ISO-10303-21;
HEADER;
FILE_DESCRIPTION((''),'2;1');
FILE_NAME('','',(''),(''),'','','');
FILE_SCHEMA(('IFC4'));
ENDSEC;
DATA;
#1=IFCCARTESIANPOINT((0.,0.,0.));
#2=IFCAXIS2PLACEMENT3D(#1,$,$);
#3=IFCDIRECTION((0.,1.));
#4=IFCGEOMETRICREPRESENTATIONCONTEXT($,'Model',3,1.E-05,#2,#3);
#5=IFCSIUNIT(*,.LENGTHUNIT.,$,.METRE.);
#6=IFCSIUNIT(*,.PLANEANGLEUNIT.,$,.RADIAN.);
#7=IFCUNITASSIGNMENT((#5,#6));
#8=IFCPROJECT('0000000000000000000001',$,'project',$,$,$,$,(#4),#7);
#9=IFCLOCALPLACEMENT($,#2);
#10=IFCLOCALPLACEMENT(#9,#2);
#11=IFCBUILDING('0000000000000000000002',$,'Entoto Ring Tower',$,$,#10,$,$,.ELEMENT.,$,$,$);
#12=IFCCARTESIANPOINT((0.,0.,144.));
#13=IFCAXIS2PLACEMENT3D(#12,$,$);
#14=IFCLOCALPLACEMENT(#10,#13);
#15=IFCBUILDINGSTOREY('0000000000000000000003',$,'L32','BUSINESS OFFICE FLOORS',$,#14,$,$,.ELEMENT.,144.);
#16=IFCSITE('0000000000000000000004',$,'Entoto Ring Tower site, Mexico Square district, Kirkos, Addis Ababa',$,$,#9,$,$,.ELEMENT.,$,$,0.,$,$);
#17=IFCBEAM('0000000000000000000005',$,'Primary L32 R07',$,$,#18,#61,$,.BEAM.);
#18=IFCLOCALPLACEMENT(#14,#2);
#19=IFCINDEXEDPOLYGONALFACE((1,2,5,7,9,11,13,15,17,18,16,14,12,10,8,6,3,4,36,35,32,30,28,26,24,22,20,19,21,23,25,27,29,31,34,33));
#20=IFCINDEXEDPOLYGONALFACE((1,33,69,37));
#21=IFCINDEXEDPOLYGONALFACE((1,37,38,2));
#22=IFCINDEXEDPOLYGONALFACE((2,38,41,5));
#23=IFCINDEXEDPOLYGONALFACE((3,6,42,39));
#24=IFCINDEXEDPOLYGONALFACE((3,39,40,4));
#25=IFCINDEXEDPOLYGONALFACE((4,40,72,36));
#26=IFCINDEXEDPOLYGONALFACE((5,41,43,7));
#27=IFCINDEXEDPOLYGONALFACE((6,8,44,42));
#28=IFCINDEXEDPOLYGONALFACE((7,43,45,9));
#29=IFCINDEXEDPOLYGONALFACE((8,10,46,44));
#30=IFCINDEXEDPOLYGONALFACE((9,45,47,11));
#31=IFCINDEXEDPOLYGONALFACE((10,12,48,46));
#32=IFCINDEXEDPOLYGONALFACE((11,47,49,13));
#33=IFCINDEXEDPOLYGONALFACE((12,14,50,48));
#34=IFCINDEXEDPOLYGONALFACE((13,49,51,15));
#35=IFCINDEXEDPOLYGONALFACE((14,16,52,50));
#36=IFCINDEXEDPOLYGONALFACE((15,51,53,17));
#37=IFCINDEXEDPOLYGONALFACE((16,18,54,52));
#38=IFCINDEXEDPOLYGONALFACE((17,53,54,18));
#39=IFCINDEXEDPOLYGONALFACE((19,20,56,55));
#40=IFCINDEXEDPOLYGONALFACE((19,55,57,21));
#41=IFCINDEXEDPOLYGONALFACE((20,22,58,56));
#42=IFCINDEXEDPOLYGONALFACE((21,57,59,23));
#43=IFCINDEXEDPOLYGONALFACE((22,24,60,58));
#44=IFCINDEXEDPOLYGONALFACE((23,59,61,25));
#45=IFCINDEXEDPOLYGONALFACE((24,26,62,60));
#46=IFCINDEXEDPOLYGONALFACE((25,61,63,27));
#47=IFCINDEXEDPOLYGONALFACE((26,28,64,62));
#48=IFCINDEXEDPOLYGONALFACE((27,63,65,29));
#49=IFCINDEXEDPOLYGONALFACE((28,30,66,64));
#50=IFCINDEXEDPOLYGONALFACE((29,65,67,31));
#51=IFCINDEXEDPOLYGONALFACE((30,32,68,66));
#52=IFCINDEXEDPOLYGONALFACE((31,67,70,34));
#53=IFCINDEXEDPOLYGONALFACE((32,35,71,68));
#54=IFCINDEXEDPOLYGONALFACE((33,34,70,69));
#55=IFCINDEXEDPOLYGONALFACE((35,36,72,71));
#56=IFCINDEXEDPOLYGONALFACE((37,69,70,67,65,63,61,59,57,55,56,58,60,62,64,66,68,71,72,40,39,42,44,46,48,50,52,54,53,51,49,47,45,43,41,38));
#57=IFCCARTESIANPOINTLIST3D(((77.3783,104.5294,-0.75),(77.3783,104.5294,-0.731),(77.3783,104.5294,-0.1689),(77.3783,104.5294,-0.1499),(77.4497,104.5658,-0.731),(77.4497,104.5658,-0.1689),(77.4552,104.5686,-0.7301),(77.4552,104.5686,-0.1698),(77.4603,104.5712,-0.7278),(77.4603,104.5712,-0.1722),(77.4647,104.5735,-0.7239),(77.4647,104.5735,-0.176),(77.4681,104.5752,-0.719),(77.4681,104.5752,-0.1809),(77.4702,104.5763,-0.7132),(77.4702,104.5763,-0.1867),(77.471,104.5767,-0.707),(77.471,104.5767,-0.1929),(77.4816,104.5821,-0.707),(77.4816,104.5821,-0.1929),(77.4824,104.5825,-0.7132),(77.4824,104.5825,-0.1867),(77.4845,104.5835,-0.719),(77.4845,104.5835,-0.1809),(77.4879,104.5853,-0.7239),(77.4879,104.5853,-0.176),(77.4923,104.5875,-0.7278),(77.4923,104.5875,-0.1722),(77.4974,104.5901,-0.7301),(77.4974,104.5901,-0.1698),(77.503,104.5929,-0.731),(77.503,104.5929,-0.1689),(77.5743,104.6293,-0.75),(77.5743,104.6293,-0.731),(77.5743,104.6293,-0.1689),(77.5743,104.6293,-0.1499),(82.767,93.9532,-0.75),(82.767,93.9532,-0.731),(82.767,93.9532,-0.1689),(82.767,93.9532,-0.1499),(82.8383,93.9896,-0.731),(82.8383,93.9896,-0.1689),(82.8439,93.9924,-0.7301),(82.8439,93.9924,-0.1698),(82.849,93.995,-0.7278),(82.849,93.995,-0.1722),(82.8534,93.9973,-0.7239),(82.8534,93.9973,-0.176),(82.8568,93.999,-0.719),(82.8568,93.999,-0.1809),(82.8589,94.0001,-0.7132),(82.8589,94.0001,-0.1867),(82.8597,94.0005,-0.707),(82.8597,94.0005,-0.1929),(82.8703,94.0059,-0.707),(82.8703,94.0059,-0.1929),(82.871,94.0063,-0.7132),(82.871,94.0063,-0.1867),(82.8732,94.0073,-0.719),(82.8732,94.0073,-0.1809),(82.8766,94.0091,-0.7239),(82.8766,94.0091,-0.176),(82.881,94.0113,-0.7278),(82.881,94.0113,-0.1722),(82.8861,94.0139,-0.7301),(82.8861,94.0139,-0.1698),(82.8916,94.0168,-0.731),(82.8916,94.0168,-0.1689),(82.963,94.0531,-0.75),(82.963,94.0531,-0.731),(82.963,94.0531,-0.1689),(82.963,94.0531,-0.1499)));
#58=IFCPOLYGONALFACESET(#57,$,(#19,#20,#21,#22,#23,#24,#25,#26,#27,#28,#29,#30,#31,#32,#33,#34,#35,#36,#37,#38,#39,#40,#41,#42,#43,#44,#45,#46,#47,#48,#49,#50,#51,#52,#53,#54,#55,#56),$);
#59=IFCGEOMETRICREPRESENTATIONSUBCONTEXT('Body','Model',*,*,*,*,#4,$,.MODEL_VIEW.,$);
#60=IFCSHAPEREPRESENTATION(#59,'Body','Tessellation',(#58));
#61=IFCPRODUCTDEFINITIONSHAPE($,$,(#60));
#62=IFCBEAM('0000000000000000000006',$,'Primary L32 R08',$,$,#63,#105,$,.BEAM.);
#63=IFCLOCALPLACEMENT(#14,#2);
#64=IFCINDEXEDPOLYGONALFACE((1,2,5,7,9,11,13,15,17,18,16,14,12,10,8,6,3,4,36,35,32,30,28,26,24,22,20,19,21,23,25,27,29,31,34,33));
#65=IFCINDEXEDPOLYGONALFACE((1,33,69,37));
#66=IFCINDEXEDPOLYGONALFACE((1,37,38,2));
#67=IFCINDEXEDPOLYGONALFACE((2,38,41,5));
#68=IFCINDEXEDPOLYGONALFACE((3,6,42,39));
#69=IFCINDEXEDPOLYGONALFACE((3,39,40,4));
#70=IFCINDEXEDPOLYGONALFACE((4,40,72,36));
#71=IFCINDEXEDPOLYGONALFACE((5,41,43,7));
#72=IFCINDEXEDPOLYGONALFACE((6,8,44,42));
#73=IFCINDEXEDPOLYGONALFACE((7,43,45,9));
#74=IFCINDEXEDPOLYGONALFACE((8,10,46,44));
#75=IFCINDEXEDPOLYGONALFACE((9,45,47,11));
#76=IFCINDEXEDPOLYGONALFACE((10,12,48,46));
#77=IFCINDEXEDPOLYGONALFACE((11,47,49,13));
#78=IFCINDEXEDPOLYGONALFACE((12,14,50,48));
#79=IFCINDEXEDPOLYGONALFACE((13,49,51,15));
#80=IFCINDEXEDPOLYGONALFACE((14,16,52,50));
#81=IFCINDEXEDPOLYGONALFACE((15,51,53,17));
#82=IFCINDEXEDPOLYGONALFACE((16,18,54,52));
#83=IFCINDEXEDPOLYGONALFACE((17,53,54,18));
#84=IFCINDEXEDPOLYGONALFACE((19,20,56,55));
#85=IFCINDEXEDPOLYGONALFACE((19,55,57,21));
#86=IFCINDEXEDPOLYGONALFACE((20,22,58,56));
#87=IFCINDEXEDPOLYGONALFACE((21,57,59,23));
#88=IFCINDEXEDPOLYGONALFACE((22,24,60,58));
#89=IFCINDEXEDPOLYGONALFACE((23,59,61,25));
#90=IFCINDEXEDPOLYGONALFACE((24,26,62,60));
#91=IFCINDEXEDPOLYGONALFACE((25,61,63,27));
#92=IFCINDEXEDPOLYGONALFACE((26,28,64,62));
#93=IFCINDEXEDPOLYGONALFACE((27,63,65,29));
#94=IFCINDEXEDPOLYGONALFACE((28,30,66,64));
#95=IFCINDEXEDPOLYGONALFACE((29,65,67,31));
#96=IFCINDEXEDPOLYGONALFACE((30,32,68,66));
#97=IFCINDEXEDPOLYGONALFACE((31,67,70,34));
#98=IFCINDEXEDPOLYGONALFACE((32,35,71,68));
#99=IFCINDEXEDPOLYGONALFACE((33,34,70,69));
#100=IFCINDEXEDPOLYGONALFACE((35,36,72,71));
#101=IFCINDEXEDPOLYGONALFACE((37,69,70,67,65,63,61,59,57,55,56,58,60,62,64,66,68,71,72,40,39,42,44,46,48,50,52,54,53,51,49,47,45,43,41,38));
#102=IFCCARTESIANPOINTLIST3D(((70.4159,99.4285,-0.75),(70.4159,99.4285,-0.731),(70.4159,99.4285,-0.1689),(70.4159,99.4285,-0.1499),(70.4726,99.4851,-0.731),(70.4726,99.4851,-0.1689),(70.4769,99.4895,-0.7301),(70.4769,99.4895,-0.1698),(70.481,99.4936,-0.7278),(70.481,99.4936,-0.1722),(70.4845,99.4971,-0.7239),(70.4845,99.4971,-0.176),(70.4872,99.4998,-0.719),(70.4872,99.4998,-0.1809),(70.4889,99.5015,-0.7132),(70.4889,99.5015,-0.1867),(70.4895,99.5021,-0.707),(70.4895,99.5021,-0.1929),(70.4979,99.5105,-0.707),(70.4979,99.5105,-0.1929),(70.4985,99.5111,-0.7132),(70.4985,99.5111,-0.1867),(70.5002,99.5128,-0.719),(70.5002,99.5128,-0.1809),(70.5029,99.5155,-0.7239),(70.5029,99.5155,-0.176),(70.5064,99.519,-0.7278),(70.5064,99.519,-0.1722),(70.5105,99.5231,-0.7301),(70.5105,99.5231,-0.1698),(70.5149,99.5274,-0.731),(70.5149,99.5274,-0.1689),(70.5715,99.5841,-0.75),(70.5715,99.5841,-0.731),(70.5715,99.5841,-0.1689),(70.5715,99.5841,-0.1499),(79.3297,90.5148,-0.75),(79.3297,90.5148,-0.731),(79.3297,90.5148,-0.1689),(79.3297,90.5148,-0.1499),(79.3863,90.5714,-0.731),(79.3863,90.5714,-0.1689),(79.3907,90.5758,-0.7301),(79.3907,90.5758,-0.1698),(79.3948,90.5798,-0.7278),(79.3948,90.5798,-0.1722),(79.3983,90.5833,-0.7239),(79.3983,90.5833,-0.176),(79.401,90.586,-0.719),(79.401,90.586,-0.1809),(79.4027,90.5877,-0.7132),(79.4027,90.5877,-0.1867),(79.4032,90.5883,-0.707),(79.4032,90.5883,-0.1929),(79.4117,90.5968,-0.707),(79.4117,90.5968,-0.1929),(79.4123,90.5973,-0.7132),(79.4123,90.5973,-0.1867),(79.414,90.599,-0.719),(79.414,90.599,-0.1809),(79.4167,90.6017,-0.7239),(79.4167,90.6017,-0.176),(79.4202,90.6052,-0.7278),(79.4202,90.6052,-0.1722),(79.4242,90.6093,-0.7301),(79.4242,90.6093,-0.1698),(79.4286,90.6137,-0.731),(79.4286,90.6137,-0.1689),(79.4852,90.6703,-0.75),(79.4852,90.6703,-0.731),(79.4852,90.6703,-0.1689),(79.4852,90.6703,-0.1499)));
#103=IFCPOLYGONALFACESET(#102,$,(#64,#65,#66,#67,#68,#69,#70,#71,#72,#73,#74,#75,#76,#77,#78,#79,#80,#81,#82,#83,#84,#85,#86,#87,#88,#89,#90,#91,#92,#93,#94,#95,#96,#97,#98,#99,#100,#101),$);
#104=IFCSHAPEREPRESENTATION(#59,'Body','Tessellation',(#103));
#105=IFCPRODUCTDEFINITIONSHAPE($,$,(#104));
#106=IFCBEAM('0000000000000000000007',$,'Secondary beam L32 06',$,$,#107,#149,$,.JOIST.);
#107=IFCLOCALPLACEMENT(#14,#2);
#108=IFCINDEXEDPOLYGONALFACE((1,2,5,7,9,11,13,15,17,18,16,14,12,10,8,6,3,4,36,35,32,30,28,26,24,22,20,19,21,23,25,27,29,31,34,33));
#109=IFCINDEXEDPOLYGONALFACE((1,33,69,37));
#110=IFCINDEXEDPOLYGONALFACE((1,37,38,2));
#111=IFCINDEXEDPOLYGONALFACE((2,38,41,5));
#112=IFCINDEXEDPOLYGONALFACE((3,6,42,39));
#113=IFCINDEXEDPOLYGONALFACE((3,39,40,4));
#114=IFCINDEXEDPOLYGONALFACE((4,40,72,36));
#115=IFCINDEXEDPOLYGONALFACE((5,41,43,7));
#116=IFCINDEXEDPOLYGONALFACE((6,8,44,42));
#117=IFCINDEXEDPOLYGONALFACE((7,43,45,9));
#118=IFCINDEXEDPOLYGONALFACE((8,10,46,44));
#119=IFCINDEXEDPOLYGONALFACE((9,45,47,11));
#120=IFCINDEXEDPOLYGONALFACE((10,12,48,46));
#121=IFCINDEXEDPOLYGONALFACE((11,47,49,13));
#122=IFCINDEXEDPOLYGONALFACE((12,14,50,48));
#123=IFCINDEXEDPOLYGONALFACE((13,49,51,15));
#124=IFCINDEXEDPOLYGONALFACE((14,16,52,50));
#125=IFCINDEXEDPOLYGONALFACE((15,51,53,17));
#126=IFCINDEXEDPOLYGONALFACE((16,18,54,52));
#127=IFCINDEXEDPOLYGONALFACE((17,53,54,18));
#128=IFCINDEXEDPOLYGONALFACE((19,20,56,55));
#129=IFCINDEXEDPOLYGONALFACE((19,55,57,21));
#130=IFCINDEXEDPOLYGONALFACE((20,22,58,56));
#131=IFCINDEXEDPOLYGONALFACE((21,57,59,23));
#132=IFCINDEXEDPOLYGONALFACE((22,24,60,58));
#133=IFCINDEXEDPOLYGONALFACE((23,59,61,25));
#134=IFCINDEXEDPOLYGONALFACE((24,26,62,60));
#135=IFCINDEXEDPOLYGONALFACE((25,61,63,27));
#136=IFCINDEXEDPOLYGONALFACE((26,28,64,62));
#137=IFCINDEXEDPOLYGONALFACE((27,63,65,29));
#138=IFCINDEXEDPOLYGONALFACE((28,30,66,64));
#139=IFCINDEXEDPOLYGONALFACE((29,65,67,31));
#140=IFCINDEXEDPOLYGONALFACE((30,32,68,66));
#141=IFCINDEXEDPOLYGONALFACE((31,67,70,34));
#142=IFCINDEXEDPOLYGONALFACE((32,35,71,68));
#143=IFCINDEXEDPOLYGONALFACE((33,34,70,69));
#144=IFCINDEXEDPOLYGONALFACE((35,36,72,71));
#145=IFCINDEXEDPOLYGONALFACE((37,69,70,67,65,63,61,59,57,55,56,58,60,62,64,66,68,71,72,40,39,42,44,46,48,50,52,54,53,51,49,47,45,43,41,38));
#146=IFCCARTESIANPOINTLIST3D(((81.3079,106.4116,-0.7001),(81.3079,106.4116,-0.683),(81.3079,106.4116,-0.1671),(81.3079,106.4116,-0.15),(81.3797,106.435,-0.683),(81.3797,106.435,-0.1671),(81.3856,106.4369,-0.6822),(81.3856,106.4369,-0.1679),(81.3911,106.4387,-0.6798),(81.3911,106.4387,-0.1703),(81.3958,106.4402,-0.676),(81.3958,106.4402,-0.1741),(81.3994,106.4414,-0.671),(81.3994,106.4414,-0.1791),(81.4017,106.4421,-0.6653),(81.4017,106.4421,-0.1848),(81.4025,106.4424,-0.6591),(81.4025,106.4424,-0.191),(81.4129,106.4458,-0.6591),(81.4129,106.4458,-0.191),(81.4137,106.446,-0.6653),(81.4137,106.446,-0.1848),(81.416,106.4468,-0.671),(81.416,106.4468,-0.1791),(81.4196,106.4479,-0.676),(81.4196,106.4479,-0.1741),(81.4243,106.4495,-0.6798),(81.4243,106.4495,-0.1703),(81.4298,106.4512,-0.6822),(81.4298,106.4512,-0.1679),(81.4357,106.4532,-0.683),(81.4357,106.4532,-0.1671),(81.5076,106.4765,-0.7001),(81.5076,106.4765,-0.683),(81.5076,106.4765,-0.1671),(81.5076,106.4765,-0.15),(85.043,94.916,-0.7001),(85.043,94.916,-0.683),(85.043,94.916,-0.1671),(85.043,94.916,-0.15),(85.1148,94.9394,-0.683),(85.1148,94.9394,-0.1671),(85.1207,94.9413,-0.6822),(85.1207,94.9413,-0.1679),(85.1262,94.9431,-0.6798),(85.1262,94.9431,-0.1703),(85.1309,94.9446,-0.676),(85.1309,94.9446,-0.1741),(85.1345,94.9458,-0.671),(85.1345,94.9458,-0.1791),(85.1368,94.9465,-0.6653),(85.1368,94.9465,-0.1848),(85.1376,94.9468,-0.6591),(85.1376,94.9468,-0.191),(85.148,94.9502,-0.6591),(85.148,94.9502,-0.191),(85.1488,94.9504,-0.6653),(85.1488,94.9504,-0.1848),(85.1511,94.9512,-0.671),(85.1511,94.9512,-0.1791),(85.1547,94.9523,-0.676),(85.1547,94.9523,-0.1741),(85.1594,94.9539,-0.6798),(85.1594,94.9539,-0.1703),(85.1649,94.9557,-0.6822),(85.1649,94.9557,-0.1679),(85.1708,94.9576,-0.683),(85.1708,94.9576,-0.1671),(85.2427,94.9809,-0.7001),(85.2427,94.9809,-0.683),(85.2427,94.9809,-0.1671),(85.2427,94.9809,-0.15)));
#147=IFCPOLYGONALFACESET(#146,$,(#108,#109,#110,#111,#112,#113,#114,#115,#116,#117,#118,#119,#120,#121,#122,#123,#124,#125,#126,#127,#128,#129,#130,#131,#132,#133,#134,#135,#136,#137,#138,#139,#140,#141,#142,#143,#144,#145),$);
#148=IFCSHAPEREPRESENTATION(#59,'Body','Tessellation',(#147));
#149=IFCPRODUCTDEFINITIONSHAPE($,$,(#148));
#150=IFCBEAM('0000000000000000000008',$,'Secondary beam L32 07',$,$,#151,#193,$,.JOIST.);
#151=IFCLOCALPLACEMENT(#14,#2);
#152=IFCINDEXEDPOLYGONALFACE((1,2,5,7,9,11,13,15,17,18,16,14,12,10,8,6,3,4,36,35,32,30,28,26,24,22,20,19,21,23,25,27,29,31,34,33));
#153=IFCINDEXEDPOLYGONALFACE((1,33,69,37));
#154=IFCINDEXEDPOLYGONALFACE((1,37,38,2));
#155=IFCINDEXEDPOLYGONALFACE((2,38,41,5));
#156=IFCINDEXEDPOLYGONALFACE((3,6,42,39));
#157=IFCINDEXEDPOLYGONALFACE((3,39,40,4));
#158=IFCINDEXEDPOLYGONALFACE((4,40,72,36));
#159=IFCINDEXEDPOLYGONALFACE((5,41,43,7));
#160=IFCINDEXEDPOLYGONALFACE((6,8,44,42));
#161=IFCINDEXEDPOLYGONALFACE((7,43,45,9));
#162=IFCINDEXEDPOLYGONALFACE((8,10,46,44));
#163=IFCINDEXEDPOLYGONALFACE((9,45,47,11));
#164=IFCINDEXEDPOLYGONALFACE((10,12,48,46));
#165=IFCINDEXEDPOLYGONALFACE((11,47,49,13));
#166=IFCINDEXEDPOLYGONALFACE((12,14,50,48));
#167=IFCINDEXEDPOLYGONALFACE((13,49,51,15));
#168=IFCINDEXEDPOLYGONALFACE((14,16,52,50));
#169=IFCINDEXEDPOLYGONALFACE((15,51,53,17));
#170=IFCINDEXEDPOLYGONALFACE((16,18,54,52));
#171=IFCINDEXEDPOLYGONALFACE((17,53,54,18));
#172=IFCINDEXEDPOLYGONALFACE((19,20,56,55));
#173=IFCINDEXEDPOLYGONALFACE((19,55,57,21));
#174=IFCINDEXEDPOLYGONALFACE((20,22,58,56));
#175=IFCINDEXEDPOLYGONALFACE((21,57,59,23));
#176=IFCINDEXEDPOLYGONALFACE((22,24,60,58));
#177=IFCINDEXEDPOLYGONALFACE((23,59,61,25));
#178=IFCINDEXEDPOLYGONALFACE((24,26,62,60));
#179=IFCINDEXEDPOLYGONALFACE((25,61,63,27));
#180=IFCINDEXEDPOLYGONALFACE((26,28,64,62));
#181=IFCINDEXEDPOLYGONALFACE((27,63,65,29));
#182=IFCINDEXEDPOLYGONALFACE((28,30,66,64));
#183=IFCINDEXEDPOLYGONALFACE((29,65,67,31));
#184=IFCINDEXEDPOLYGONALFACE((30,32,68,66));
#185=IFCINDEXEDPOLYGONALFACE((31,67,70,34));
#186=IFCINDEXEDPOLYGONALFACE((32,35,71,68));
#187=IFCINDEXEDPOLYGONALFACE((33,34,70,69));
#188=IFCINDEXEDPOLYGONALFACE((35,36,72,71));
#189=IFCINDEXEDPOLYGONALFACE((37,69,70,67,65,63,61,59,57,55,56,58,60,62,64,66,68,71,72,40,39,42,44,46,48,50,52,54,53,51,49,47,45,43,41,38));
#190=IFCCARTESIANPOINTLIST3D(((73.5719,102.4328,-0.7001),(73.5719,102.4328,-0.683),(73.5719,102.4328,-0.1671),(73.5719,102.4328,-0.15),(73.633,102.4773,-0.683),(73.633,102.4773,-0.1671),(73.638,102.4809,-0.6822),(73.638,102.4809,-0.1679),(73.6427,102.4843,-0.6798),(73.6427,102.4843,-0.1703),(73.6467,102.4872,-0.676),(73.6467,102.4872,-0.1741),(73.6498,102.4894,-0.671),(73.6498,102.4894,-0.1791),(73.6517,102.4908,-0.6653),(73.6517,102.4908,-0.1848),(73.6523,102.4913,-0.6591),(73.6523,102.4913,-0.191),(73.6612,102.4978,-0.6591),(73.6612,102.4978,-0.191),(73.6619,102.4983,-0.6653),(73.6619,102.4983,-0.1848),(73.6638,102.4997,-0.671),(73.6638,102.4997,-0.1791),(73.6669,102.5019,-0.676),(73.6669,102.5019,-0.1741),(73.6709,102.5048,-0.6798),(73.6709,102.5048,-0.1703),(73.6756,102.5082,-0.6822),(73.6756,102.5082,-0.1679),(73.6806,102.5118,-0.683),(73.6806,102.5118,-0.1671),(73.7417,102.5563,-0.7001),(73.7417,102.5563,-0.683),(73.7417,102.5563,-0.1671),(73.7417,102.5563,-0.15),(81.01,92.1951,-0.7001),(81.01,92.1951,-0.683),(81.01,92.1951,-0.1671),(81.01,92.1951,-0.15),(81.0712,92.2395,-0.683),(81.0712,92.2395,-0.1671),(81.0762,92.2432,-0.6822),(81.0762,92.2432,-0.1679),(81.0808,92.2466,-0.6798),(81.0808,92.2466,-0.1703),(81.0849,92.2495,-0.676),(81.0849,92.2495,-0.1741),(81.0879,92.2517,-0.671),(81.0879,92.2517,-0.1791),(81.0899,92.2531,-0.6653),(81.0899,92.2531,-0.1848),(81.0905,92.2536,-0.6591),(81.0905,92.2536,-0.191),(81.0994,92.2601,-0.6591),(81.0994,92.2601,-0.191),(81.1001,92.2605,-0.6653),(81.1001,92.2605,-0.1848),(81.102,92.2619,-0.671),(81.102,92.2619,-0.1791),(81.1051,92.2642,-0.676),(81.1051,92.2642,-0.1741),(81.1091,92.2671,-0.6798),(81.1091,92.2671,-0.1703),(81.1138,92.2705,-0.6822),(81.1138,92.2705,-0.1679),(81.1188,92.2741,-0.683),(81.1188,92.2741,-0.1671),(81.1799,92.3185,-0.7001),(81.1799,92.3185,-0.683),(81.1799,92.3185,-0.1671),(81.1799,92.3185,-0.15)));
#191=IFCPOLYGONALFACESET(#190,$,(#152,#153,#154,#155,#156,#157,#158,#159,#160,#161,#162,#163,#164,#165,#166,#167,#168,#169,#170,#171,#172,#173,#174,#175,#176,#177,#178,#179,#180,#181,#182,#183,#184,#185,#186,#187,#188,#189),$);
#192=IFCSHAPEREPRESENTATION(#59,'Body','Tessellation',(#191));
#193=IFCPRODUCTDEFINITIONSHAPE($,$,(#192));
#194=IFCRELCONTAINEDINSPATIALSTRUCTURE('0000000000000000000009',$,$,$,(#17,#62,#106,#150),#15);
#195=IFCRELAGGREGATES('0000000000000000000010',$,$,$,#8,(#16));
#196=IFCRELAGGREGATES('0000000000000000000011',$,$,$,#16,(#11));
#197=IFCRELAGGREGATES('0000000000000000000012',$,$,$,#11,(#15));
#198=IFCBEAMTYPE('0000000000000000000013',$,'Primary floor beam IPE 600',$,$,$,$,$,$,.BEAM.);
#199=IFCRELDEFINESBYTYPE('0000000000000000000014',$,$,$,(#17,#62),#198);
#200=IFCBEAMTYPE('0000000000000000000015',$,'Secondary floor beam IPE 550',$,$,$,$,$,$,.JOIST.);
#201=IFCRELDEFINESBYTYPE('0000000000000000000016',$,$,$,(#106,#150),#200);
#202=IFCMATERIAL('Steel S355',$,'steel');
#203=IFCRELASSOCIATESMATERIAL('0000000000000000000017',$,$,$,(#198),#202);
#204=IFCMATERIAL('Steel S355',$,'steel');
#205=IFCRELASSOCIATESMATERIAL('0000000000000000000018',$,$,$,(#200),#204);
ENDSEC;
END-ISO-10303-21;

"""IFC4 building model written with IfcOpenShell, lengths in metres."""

from ifc_helpers import new_model, si_unit, direction, frame, origin, origin_2d, place, context, subcontext, project, spatial, i_section, extrude, material, material_profile, profile_set, type_object, element, save


model = new_model("IFC4")

# Units and contexts
model_context = context("Model", 3, precision=1e-05, world=origin(), true_north=direction((0.0, 1.0)))
body_context = subcontext(model_context, "Body", "Model", "MODEL_VIEW")
ifc_project = project(units=[si_unit("LENGTHUNIT", "METRE"), si_unit("PLANEANGLEUNIT", "RADIAN")], contexts=[model_context])

# Site, building, storey
site_placement = place(None, origin())
site = spatial("IfcSite", under=ifc_project, at=site_placement, Name="Entoto Ring Tower site, Mexico Square district, Kirkos, Addis Ababa", CompositionType="ELEMENT", RefElevation=0.0)
building_placement = place(site_placement, origin())
building = spatial("IfcBuilding", under=site, at=building_placement, Name="Entoto Ring Tower", CompositionType="ELEMENT")
storey_placement = place(building_placement, frame((0.0, 0.0, 144.0)))
storey = spatial("IfcBuildingStorey", under=building, at=storey_placement, Name="L32", Description="BUSINESS OFFICE FLOORS", CompositionType="ELEMENT", Elevation=144.0)

# Beams
ifc_material_1 = material(Name="Steel S355", Category="steel")
ifc_material_profile_1 = material_profile(ifc_material_1, i_section(OverallWidth=0.22, OverallDepth=0.6001, WebThickness=0.012, FlangeThickness=0.019, FilletRadius=0.0239, at=origin_2d()), Name="IPE 600")
ifc_profile_set_1 = profile_set([ifc_material_profile_1], Name="Steel S355")
beam_type_1 = type_object("IfcBeamType", Name="Primary floor beam IPE 600", PredefinedType="BEAM", material=ifc_profile_set_1)
beam_1_placement = place(storey_placement, frame((82.865, 94.0032, -0.45), z_axis=(-0.45398, 0.891012, 0.0), x_axis=(-0.891012, -0.45398, 0.0)))
element("IfcBeam", 1, at=beam_1_placement, inside=storey, type_object=beam_type_1, Name="Primary L32 R07", PredefinedType="BEAM", context=body_context, shape_type="SweptSolid", body=[
    extrude(i_section(OverallWidth=0.22, OverallDepth=0.6001, WebThickness=0.012, FlangeThickness=0.019, FilletRadius=0.0239, at=origin_2d()), origin(), (0.0, 0.0, 1.0), 11.8699),
])
beam_2_placement = place(storey_placement, frame((79.4075, 90.5925, -0.45), z_axis=(-0.707107, 0.707107, 0.0), x_axis=(-0.707107, -0.707107, 0.0)))
element("IfcBeam", 2, at=beam_2_placement, inside=storey, type_object=beam_type_1, Name="Primary L32 R08", PredefinedType="BEAM", context=body_context, shape_type="SweptSolid", body=[
    extrude(i_section(OverallWidth=0.22, OverallDepth=0.6001, WebThickness=0.012, FlangeThickness=0.019, FilletRadius=0.0239, at=origin_2d()), origin(), (0.0, 0.0, 1.0), 12.606),
])
ifc_material_2 = material(Name="Steel S355", Category="steel")
ifc_material_profile_2 = material_profile(ifc_material_2, i_section(OverallWidth=0.21, OverallDepth=0.55, WebThickness=0.011, FlangeThickness=0.0171, FilletRadius=0.0239, at=origin_2d()), Name="IPE 550")
ifc_profile_set_2 = profile_set([ifc_material_profile_2], Name="Steel S355")
beam_type_2 = type_object("IfcBeamType", Name="Secondary floor beam IPE 550", PredefinedType="JOIST", material=ifc_profile_set_2)
beam_3_placement = place(storey_placement, frame((85.1428, 94.9485, -0.425), z_axis=(-0.309014, 0.951058, 0.0), x_axis=(-0.951058, -0.309014, 0.0)))
element("IfcBeam", 3, at=beam_3_placement, inside=storey, type_object=beam_type_2, Name="Secondary beam L32 06", PredefinedType="JOIST", context=body_context, shape_type="SweptSolid", body=[
    extrude(i_section(OverallWidth=0.21, OverallDepth=0.55, WebThickness=0.011, FlangeThickness=0.0171, FilletRadius=0.0239, at=origin_2d()), origin(), (0.0, 0.0, 1.0), 12.0872),
])
for number, where, z_axis, x_axis, name in (
    (4, (81.095, 92.2568, -0.425), (-0.587787, 0.809015, 0.0), (-0.809015, -0.587787, 0.0), "Secondary beam L32 07"),
):
    element("IfcBeam", number, at=place(storey_placement, frame(where, z_axis=z_axis, x_axis=x_axis)), inside=storey, type_object=beam_type_2, Name=name, PredefinedType="JOIST", context=body_context, shape_type="SweptSolid", body=[
        extrude(i_section(OverallWidth=0.21, OverallDepth=0.55, WebThickness=0.011, FlangeThickness=0.0171, FilletRadius=0.0239, at=origin_2d()), origin(), (0.0, 0.0, 1.0), 12.6545),
    ])

save(model, "model.ifc")
